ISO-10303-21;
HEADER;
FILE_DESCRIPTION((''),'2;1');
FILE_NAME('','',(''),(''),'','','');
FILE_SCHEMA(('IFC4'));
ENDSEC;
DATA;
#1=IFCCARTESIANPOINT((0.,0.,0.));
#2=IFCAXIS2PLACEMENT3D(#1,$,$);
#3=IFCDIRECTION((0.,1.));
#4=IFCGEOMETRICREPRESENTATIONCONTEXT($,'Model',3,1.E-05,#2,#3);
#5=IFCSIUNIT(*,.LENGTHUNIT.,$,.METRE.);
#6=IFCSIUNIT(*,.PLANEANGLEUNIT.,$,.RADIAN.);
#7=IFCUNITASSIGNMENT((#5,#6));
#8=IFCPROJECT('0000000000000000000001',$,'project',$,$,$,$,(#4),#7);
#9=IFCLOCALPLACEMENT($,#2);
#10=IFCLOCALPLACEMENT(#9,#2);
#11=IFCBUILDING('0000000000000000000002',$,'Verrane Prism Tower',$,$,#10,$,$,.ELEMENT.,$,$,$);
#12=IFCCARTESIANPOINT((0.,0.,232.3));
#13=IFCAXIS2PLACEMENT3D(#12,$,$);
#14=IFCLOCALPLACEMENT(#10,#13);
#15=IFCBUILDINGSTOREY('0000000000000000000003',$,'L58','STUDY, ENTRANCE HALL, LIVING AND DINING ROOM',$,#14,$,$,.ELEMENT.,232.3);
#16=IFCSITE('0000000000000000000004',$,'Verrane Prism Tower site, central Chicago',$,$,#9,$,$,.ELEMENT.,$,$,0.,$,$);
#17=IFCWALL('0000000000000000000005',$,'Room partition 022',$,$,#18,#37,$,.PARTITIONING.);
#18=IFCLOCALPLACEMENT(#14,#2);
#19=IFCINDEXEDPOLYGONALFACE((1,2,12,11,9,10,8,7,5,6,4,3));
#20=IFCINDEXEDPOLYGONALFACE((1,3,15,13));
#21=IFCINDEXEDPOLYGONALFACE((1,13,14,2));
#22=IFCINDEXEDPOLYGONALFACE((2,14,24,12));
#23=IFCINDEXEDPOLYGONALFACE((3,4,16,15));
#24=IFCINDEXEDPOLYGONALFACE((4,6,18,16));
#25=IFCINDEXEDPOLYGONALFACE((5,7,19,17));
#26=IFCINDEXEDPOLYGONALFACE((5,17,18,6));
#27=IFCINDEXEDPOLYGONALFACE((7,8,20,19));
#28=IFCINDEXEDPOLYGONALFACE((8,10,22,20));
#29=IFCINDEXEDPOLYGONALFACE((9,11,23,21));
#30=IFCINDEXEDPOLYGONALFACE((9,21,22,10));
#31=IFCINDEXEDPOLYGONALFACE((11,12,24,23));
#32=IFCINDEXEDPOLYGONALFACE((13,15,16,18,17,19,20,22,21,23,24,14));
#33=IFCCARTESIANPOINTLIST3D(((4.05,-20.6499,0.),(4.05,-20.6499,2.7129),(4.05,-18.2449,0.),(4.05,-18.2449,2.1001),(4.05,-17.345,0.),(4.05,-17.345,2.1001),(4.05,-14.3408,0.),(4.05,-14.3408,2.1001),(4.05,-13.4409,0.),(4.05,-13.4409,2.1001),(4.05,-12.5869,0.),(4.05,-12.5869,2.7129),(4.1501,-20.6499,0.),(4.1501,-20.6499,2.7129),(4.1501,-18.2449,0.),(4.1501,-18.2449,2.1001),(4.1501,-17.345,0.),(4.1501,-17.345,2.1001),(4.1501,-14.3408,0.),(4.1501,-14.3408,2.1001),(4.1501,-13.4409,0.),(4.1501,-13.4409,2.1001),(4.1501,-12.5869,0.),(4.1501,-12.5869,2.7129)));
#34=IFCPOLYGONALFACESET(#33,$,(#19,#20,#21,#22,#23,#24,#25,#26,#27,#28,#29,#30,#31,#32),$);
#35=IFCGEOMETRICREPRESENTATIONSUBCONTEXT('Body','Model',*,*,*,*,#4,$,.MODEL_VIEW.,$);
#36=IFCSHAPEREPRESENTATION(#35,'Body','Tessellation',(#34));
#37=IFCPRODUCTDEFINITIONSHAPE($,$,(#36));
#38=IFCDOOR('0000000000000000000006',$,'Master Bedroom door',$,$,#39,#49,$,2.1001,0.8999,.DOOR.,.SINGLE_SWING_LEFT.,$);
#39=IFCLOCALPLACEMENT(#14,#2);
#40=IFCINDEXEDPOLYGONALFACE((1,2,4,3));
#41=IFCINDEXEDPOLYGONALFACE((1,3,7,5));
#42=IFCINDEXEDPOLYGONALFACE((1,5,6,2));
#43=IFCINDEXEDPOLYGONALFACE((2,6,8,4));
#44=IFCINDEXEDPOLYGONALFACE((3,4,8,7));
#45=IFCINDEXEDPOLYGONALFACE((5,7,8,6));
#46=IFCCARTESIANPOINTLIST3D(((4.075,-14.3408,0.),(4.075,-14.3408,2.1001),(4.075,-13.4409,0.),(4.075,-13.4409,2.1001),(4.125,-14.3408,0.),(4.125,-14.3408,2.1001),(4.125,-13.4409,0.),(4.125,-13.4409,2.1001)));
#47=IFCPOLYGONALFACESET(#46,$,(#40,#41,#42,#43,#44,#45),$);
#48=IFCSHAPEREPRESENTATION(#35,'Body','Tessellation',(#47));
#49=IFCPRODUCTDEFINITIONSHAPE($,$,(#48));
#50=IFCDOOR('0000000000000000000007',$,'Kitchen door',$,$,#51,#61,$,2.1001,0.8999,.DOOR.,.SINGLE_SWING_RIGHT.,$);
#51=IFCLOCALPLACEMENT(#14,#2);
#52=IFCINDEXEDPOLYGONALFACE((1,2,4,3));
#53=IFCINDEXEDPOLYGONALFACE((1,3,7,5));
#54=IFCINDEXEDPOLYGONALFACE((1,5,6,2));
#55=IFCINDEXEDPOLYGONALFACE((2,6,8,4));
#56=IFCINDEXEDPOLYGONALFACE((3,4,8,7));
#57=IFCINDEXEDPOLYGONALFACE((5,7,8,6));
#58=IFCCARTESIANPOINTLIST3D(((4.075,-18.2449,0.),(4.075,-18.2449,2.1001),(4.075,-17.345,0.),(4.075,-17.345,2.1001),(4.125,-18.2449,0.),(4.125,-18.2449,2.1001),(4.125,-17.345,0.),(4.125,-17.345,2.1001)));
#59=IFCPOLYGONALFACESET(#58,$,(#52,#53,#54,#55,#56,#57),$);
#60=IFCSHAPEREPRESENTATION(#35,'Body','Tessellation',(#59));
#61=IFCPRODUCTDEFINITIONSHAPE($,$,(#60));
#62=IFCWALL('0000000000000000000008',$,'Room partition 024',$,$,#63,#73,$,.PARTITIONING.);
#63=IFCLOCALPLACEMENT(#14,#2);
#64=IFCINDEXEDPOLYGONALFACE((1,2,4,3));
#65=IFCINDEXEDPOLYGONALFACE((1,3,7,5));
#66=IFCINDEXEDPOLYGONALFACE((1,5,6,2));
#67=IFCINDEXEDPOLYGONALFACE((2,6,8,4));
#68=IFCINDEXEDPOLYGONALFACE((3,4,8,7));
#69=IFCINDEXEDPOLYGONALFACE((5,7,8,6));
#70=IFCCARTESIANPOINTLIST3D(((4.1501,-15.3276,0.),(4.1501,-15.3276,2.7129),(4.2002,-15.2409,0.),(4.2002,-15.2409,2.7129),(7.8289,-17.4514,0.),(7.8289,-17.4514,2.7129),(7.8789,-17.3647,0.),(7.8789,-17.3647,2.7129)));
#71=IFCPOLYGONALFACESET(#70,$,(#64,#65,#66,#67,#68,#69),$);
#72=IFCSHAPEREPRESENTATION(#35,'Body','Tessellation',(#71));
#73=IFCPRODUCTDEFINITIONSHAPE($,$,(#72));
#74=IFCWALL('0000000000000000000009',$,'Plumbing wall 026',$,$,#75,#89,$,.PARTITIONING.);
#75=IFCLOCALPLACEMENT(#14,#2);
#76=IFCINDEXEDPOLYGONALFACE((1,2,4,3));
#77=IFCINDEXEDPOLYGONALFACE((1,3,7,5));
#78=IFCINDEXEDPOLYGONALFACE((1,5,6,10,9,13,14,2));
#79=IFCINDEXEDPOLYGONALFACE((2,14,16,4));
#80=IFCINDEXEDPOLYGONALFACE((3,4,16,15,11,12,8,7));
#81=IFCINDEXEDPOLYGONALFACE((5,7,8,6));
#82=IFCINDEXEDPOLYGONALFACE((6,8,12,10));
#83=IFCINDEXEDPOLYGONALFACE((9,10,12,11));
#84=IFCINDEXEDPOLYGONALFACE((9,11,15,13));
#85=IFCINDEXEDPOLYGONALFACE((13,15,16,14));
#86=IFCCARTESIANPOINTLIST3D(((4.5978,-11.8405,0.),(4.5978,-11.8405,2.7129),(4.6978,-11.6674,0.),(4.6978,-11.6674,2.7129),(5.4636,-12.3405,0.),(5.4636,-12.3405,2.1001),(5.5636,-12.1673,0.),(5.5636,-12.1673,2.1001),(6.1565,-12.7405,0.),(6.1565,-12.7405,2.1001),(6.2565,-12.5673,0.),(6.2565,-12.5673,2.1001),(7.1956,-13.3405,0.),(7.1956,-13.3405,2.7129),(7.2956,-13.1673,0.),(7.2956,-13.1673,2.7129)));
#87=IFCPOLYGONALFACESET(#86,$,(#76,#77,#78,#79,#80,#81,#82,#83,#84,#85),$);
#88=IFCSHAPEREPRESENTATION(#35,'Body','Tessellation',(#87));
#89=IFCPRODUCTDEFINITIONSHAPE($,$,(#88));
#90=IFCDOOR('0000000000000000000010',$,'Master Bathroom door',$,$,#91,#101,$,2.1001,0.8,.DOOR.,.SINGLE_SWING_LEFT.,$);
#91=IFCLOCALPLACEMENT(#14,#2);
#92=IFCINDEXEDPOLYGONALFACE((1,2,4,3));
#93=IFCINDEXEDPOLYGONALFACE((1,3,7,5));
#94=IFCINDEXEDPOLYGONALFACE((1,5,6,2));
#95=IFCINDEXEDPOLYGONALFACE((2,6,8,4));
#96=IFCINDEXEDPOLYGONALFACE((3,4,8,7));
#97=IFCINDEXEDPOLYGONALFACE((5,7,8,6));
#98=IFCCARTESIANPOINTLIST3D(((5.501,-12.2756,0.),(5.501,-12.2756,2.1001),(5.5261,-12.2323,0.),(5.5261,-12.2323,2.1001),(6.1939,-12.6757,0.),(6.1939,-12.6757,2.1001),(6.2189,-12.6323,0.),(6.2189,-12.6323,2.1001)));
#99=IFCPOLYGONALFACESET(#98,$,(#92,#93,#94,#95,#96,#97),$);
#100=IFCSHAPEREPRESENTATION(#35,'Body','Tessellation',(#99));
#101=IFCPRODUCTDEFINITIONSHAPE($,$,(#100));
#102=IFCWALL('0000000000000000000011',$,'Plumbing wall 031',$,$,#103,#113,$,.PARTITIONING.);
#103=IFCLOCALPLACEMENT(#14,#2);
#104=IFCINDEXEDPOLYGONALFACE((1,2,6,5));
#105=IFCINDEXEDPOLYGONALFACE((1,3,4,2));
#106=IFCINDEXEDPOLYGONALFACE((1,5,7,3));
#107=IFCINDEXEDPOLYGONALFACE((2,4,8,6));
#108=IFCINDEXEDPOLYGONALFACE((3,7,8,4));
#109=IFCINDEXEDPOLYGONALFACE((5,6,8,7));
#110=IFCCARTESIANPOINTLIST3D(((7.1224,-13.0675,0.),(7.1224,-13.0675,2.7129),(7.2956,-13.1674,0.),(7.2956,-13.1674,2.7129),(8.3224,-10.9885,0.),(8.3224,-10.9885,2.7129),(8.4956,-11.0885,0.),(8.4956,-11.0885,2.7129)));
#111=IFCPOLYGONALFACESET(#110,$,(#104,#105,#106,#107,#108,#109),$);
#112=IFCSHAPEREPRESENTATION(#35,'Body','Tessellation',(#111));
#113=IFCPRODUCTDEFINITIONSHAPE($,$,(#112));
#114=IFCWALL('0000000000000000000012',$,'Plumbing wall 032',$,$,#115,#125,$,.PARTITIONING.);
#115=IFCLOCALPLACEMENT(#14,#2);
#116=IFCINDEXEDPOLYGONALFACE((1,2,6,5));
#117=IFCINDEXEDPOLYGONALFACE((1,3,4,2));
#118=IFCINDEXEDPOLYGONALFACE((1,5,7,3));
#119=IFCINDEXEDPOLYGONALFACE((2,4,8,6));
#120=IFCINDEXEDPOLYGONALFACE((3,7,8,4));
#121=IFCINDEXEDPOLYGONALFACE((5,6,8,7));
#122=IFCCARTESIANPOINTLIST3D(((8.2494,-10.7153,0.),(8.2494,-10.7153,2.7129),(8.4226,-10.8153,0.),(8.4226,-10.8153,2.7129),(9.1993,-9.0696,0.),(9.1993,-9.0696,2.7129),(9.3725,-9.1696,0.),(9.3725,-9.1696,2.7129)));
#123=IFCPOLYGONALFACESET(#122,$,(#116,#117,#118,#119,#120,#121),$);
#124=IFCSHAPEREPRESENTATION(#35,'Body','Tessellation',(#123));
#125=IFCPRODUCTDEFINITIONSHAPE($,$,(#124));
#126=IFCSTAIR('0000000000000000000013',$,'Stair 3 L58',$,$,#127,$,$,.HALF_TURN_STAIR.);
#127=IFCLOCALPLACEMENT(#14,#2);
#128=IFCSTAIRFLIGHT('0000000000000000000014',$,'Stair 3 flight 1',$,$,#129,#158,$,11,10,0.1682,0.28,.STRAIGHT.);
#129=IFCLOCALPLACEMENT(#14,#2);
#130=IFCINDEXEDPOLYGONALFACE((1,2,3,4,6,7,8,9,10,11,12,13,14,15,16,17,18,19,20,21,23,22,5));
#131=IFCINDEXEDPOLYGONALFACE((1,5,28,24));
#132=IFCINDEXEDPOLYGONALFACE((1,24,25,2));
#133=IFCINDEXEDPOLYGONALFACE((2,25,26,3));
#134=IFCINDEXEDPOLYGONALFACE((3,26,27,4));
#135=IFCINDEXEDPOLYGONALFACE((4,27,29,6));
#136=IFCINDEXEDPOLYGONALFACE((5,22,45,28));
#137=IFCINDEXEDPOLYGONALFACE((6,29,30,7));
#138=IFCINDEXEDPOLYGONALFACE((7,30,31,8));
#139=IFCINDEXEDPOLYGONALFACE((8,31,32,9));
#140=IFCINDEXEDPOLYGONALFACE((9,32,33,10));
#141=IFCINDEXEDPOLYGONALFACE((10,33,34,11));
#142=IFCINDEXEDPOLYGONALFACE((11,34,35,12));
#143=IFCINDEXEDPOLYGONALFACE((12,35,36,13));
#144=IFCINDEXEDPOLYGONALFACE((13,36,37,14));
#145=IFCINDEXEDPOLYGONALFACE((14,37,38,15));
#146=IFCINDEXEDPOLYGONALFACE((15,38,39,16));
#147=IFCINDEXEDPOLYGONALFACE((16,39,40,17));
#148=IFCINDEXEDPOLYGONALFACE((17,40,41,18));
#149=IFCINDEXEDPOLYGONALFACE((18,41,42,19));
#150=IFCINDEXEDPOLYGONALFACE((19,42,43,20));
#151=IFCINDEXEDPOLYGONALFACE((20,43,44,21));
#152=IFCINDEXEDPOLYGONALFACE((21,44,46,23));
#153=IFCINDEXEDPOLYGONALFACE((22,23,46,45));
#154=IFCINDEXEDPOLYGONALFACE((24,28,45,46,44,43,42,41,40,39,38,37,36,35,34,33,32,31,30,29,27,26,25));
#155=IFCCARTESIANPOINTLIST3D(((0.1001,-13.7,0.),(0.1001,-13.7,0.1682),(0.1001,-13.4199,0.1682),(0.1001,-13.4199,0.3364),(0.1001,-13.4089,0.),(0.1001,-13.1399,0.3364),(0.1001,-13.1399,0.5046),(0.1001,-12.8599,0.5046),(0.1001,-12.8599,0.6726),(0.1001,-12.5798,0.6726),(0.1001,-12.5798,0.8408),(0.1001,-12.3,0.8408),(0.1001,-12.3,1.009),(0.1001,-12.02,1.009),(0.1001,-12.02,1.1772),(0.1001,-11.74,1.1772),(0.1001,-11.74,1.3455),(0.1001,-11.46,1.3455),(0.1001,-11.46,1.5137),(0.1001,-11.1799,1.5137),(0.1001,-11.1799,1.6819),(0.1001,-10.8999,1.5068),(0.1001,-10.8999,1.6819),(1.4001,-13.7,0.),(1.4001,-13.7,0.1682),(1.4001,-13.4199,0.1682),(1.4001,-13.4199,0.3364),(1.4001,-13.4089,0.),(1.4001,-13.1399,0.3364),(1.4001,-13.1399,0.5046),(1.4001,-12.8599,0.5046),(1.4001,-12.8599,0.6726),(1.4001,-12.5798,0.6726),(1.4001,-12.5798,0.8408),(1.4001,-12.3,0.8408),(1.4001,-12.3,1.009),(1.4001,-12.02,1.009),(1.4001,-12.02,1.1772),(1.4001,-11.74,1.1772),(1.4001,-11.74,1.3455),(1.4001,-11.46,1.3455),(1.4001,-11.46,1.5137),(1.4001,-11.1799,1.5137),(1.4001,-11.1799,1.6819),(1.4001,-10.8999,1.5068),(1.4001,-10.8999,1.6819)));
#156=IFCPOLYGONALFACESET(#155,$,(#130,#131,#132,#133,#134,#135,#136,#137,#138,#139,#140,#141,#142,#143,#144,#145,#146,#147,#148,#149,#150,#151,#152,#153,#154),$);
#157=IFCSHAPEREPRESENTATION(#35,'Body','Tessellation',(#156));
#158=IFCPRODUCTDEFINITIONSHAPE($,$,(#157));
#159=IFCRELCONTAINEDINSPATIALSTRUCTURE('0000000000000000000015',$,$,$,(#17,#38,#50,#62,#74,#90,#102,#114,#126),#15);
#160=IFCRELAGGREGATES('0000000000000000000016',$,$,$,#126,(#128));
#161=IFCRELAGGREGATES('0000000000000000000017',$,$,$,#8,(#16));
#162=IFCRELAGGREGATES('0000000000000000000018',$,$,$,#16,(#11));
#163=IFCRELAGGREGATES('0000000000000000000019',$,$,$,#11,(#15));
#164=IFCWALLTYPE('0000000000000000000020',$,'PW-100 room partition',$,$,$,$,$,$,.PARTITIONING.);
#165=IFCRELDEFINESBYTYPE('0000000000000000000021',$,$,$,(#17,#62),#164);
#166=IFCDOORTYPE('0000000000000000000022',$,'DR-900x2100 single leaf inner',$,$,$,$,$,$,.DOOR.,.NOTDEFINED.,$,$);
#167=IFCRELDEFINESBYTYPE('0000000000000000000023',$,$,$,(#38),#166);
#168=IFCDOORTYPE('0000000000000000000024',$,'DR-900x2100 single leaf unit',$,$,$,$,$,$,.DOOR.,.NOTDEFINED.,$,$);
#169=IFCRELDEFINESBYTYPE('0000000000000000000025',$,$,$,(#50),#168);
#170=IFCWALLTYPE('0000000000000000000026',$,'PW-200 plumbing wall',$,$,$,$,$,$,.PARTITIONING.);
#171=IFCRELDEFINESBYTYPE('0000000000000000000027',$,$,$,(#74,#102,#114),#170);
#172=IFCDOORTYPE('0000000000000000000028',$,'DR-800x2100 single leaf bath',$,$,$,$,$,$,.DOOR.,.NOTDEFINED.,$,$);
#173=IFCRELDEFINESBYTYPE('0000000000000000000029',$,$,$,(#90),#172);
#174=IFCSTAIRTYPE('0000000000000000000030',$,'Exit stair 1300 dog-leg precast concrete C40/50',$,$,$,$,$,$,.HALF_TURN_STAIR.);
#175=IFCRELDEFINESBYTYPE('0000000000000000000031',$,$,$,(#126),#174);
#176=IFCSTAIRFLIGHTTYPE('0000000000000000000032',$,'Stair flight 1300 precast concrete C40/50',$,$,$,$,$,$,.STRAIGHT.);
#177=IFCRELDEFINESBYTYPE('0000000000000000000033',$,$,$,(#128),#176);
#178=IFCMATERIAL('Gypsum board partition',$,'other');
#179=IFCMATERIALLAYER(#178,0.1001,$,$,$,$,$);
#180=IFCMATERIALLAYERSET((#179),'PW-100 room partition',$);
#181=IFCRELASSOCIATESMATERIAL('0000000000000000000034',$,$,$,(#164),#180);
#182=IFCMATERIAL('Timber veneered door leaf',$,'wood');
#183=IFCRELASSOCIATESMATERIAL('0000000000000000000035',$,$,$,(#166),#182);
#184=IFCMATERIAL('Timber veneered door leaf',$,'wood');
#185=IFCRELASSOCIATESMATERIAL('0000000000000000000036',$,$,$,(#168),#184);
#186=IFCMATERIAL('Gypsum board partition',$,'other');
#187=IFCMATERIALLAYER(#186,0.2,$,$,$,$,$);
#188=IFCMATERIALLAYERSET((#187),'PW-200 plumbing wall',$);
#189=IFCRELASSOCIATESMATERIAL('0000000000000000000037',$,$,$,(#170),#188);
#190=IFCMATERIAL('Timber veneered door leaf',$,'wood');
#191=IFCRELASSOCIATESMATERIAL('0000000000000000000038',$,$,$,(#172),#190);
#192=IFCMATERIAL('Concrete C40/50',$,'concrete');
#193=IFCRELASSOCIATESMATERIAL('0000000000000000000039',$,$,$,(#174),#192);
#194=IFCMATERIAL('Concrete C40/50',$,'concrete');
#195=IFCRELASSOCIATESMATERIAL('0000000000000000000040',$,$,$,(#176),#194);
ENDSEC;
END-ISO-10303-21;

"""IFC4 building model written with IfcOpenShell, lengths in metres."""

from ifc_helpers import new_model, si_unit, direction, frame, frame_2d, origin, place, context, subcontext, project, spatial, polyline, rectangle, outline, extrude, material, layer, layer_set, type_object, element, fill, aggregate, save


model = new_model("IFC4")

# Units and contexts
model_context = context("Model", 3, precision=1e-05, world=origin(), true_north=direction((0.0, 1.0)))
body_context = subcontext(model_context, "Body", "Model", "MODEL_VIEW")
ifc_project = project(units=[si_unit("LENGTHUNIT", "METRE"), si_unit("PLANEANGLEUNIT", "RADIAN")], contexts=[model_context])

# Site, building, storey
site_placement = place(None, origin())
site = spatial("IfcSite", under=ifc_project, at=site_placement, Name="Verrane Prism Tower site, central Chicago", CompositionType="ELEMENT", RefElevation=0.0)
building_placement = place(site_placement, origin())
building = spatial("IfcBuilding", under=site, at=building_placement, Name="Verrane Prism Tower", CompositionType="ELEMENT")
storey_placement = place(building_placement, frame((0.0, 0.0, 232.3)))
storey = spatial("IfcBuildingStorey", under=building, at=storey_placement, Name="L58", Description="STUDY, ENTRANCE HALL, LIVING AND DINING ROOM", CompositionType="ELEMENT", Elevation=232.3)

# Wall, openings, doors
ifc_material_1 = material(Name="Gypsum board partition", Category="other")
ifc_layer_1 = layer(ifc_material_1, 0.1001)
ifc_layer_set_1 = layer_set([ifc_layer_1], Name="PW-100 room partition")
wall_type_1 = type_object("IfcWallType", Name="PW-100 room partition", PredefinedType="PARTITIONING", material=ifc_layer_set_1)
wall_1_placement = place(storey_placement, frame((4.1001, -12.5869, 0.0), z_axis=(0.0, 0.0, 1.0), x_axis=(0.0, -1.0, 0.0)))
wall_1 = element("IfcWall", 1, at=wall_1_placement, inside=storey, type_object=wall_type_1, Name="Room partition 022", PredefinedType="PARTITIONING", context=body_context, shape_type="SweptSolid", body=[
    extrude(rectangle(XDim=8.063, YDim=0.1001, at=frame_2d((4.0315, 0.0))), origin(), (0.0, 0.0, 1.0), 2.7129),
])
opening_1_placement = place(wall_1_placement, frame((4.7581, 0.0, 0.0)))
opening_1 = element("IfcOpeningElement", 2, at=opening_1_placement, cuts=wall_1, PredefinedType="OPENING", context=body_context, shape_type="SweptSolid", body=[
    extrude(rectangle(XDim=0.8999, YDim=2.1001, at=frame_2d((0.45, 1.05))), frame((0.0, 0.0601, 0.0), z_axis=(0.0, -1.0, 0.0), x_axis=(1.0, 0.0, 0.0)), (0.0, 0.0, 1.0), 0.1201),
])
opening_2_placement = place(wall_1_placement, frame((0.854, 0.0, 0.0)))
opening_2 = element("IfcOpeningElement", 3, at=opening_2_placement, cuts=wall_1, PredefinedType="OPENING", context=body_context, shape_type="SweptSolid", body=[
    extrude(rectangle(XDim=0.8999, YDim=2.1001, at=frame_2d((0.45, 1.05))), frame((0.0, 0.0601, 0.0), z_axis=(0.0, -1.0, 0.0), x_axis=(1.0, 0.0, 0.0)), (0.0, 0.0, 1.0), 0.1201),
])
ifc_material_2 = material(Name="Timber veneered door leaf", Category="wood")
door_type_1 = type_object("IfcDoorType", Name="DR-900x2100 single leaf inner", OperationType="NOTDEFINED", PredefinedType="DOOR", material=ifc_material_2)
door_1_placement = place(opening_2_placement, origin())
door_1 = element("IfcDoor", 4, at=door_1_placement, inside=storey, type_object=door_type_1, Name="Master Bedroom door", OperationType="SINGLE_SWING_LEFT", OverallHeight=2.1001, OverallWidth=0.8999, PredefinedType="DOOR", context=body_context, shape_type="SweptSolid", body=[
    extrude(rectangle(XDim=0.8999, YDim=2.1001, at=frame_2d((0.45, 1.05))), frame((0.0, 0.0249, 0.0), z_axis=(0.0, -1.0, 0.0), x_axis=(1.0, 0.0, 0.0)), (0.0, 0.0, 1.0), 0.05),
])
fill(opening_2, door_1)
ifc_material_3 = material(Name="Timber veneered door leaf", Category="wood")
door_type_2 = type_object("IfcDoorType", Name="DR-900x2100 single leaf unit", OperationType="NOTDEFINED", PredefinedType="DOOR", material=ifc_material_3)
door_2_placement = place(opening_1_placement, origin())
door_2 = element("IfcDoor", 5, at=door_2_placement, inside=storey, type_object=door_type_2, Name="Kitchen door", OperationType="SINGLE_SWING_RIGHT", OverallHeight=2.1001, OverallWidth=0.8999, PredefinedType="DOOR", context=body_context, shape_type="SweptSolid", body=[
    extrude(rectangle(XDim=0.8999, YDim=2.1001, at=frame_2d((0.45, 1.05))), frame((0.0, 0.0249, 0.0), z_axis=(0.0, -1.0, 0.0), x_axis=(1.0, 0.0, 0.0)), (0.0, 0.0, 1.0), 0.05),
])
fill(opening_1, door_2)

# Wall
wall_2_placement = place(storey_placement, frame((4.175, -15.2842, 0.0), z_axis=(0.0, 0.0, 1.0), x_axis=(0.866038, -0.499978, 0.0)))
element("IfcWall", 6, at=wall_2_placement, inside=storey, type_object=wall_type_1, Name="Room partition 024", PredefinedType="PARTITIONING", context=body_context, shape_type="SweptSolid", body=[
    extrude(rectangle(XDim=4.2478, YDim=0.1001, at=frame_2d((2.124, 0.0))), origin(), (0.0, 0.0, 1.0), 2.7129),
])

# Wall, opening, door
ifc_material_4 = material(Name="Gypsum board partition", Category="other")
ifc_layer_2 = layer(ifc_material_4, 0.2)
ifc_layer_set_2 = layer_set([ifc_layer_2], Name="PW-200 plumbing wall")
wall_type_2 = type_object("IfcWallType", Name="PW-200 plumbing wall", PredefinedType="PARTITIONING", material=ifc_layer_set_2)
wall_3_placement = place(storey_placement, frame((4.6477, -11.7539, 0.0), z_axis=(0.0, 0.0, 1.0), x_axis=(0.866011, -0.500025, 0.0)))
wall_3 = element("IfcWall", 7, at=wall_3_placement, inside=storey, type_object=wall_type_2, Name="Plumbing wall 026", PredefinedType="PARTITIONING", context=body_context, shape_type="SweptSolid", body=[
    extrude(rectangle(XDim=2.9998, YDim=0.2, at=frame_2d((1.5, 0.0))), origin(), (0.0, 0.0, 1.0), 2.7129),
])
opening_3_placement = place(wall_3_placement, frame((1.0, 0.0, 0.0)))
opening_3 = element("IfcOpeningElement", 8, at=opening_3_placement, cuts=wall_3, PredefinedType="OPENING", context=body_context, shape_type="SweptSolid", body=[
    extrude(rectangle(XDim=0.8, YDim=2.1001, at=frame_2d((0.3999, 1.05))), frame((0.0, 0.1099, 0.0), z_axis=(0.0, -1.0, 0.0), x_axis=(1.0, 0.0, 0.0)), (0.0, 0.0, 1.0), 0.22),
])
ifc_material_5 = material(Name="Timber veneered door leaf", Category="wood")
door_type_3 = type_object("IfcDoorType", Name="DR-800x2100 single leaf bath", OperationType="NOTDEFINED", PredefinedType="DOOR", material=ifc_material_5)
door_3_placement = place(opening_3_placement, origin())
door_3 = element("IfcDoor", 9, at=door_3_placement, inside=storey, type_object=door_type_3, Name="Master Bathroom door", OperationType="SINGLE_SWING_LEFT", OverallHeight=2.1001, OverallWidth=0.8, PredefinedType="DOOR", context=body_context, shape_type="SweptSolid", body=[
    extrude(rectangle(XDim=0.8, YDim=2.1001, at=frame_2d((0.3999, 1.05))), frame((0.0, 0.0249, 0.0), z_axis=(0.0, -1.0, 0.0), x_axis=(1.0, 0.0, 0.0)), (0.0, 0.0, 1.0), 0.05),
])
fill(opening_3, door_3)

# Walls
wall_4_placement = place(storey_placement, frame((7.209, -13.1174, 0.0), z_axis=(0.0, 0.0, 1.0), x_axis=(0.499913, 0.866075, 0.0)))
element("IfcWall", 10, at=wall_4_placement, inside=storey, type_object=wall_type_2, Name="Plumbing wall 031", PredefinedType="PARTITIONING", context=body_context, shape_type="SweptSolid", body=[
    extrude(rectangle(XDim=2.4004, YDim=0.2, at=frame_2d((1.2002, 0.0))), origin(), (0.0, 0.0, 1.0), 2.7129),
])
wall_5_placement = place(storey_placement, frame((8.3359, -10.7654, 0.0), z_axis=(0.0, 0.0, 1.0), x_axis=(0.499912, 0.866076, 0.0)))
element("IfcWall", 11, at=wall_5_placement, inside=storey, type_object=wall_type_2, Name="Plumbing wall 032", PredefinedType="PARTITIONING", context=body_context, shape_type="SweptSolid", body=[
    extrude(rectangle(XDim=1.9001, YDim=0.2, at=frame_2d((0.9502, 0.0))), origin(), (0.0, 0.0, 1.0), 2.7129),
])

# Stair, stair flight
ifc_material_6 = material(Name="Concrete C40/50", Category="concrete")
stair_type = type_object("IfcStairType", Name="Exit stair 1300 dog-leg precast concrete C40/50", PredefinedType="HALF_TURN_STAIR", material=ifc_material_6)
stair_placement = place(storey_placement, origin())
stair = element("IfcStair", 12, at=stair_placement, inside=storey, type_object=stair_type, Name="Stair 3 L58", PredefinedType="HALF_TURN_STAIR")
ifc_material_7 = material(Name="Concrete C40/50", Category="concrete")
stair_flight_type = type_object("IfcStairFlightType", Name="Stair flight 1300 precast concrete C40/50", PredefinedType="STRAIGHT", material=ifc_material_7)
stair_flight_placement = place(storey_placement, frame((0.75, -13.7, 0.0), z_axis=(0.0, 0.0, 1.0), x_axis=(0.0, 1.0, 0.0)))
stair_flight = element("IfcStairFlight", 13, at=stair_flight_placement, type_object=stair_flight_type, Name="Stair 3 flight 1", NumberOfRisers=11, NumberOfTreads=10, PredefinedType="STRAIGHT", RiserHeight=0.1682, TreadLength=0.28, context=body_context, shape_type="SweptSolid", body=[
    extrude(outline(polyline([(0.0, 0.0), (0.0, 0.1682), (0.28, 0.1682), (0.28, 0.3364), (0.5601, 0.3364), (0.5601, 0.5046), (0.8401, 0.5046), (0.8401, 0.6726), (1.1201, 0.6726), (1.1201, 0.8408), (1.3999, 0.8408), (1.3999, 1.009), (1.6799, 1.009), (1.6799, 1.1772), (1.96, 1.1772), (1.96, 1.3455), (2.24, 1.3455), (2.24, 1.5137), (2.52, 1.5137), (2.52, 1.6819), (2.8, 1.6819), (2.8, 1.8501), (2.8, 1.5068), (0.291, 0.0), (0.0, 0.0)])), frame((0.0, 0.6499, 0.0), z_axis=(0.0, -1.0, 0.0), x_axis=(1.0, 0.0, 0.0)), (0.0, 0.0, 1.0), 1.3),
])
aggregate(stair, [stair_flight])

save(model, "model.ifc")
